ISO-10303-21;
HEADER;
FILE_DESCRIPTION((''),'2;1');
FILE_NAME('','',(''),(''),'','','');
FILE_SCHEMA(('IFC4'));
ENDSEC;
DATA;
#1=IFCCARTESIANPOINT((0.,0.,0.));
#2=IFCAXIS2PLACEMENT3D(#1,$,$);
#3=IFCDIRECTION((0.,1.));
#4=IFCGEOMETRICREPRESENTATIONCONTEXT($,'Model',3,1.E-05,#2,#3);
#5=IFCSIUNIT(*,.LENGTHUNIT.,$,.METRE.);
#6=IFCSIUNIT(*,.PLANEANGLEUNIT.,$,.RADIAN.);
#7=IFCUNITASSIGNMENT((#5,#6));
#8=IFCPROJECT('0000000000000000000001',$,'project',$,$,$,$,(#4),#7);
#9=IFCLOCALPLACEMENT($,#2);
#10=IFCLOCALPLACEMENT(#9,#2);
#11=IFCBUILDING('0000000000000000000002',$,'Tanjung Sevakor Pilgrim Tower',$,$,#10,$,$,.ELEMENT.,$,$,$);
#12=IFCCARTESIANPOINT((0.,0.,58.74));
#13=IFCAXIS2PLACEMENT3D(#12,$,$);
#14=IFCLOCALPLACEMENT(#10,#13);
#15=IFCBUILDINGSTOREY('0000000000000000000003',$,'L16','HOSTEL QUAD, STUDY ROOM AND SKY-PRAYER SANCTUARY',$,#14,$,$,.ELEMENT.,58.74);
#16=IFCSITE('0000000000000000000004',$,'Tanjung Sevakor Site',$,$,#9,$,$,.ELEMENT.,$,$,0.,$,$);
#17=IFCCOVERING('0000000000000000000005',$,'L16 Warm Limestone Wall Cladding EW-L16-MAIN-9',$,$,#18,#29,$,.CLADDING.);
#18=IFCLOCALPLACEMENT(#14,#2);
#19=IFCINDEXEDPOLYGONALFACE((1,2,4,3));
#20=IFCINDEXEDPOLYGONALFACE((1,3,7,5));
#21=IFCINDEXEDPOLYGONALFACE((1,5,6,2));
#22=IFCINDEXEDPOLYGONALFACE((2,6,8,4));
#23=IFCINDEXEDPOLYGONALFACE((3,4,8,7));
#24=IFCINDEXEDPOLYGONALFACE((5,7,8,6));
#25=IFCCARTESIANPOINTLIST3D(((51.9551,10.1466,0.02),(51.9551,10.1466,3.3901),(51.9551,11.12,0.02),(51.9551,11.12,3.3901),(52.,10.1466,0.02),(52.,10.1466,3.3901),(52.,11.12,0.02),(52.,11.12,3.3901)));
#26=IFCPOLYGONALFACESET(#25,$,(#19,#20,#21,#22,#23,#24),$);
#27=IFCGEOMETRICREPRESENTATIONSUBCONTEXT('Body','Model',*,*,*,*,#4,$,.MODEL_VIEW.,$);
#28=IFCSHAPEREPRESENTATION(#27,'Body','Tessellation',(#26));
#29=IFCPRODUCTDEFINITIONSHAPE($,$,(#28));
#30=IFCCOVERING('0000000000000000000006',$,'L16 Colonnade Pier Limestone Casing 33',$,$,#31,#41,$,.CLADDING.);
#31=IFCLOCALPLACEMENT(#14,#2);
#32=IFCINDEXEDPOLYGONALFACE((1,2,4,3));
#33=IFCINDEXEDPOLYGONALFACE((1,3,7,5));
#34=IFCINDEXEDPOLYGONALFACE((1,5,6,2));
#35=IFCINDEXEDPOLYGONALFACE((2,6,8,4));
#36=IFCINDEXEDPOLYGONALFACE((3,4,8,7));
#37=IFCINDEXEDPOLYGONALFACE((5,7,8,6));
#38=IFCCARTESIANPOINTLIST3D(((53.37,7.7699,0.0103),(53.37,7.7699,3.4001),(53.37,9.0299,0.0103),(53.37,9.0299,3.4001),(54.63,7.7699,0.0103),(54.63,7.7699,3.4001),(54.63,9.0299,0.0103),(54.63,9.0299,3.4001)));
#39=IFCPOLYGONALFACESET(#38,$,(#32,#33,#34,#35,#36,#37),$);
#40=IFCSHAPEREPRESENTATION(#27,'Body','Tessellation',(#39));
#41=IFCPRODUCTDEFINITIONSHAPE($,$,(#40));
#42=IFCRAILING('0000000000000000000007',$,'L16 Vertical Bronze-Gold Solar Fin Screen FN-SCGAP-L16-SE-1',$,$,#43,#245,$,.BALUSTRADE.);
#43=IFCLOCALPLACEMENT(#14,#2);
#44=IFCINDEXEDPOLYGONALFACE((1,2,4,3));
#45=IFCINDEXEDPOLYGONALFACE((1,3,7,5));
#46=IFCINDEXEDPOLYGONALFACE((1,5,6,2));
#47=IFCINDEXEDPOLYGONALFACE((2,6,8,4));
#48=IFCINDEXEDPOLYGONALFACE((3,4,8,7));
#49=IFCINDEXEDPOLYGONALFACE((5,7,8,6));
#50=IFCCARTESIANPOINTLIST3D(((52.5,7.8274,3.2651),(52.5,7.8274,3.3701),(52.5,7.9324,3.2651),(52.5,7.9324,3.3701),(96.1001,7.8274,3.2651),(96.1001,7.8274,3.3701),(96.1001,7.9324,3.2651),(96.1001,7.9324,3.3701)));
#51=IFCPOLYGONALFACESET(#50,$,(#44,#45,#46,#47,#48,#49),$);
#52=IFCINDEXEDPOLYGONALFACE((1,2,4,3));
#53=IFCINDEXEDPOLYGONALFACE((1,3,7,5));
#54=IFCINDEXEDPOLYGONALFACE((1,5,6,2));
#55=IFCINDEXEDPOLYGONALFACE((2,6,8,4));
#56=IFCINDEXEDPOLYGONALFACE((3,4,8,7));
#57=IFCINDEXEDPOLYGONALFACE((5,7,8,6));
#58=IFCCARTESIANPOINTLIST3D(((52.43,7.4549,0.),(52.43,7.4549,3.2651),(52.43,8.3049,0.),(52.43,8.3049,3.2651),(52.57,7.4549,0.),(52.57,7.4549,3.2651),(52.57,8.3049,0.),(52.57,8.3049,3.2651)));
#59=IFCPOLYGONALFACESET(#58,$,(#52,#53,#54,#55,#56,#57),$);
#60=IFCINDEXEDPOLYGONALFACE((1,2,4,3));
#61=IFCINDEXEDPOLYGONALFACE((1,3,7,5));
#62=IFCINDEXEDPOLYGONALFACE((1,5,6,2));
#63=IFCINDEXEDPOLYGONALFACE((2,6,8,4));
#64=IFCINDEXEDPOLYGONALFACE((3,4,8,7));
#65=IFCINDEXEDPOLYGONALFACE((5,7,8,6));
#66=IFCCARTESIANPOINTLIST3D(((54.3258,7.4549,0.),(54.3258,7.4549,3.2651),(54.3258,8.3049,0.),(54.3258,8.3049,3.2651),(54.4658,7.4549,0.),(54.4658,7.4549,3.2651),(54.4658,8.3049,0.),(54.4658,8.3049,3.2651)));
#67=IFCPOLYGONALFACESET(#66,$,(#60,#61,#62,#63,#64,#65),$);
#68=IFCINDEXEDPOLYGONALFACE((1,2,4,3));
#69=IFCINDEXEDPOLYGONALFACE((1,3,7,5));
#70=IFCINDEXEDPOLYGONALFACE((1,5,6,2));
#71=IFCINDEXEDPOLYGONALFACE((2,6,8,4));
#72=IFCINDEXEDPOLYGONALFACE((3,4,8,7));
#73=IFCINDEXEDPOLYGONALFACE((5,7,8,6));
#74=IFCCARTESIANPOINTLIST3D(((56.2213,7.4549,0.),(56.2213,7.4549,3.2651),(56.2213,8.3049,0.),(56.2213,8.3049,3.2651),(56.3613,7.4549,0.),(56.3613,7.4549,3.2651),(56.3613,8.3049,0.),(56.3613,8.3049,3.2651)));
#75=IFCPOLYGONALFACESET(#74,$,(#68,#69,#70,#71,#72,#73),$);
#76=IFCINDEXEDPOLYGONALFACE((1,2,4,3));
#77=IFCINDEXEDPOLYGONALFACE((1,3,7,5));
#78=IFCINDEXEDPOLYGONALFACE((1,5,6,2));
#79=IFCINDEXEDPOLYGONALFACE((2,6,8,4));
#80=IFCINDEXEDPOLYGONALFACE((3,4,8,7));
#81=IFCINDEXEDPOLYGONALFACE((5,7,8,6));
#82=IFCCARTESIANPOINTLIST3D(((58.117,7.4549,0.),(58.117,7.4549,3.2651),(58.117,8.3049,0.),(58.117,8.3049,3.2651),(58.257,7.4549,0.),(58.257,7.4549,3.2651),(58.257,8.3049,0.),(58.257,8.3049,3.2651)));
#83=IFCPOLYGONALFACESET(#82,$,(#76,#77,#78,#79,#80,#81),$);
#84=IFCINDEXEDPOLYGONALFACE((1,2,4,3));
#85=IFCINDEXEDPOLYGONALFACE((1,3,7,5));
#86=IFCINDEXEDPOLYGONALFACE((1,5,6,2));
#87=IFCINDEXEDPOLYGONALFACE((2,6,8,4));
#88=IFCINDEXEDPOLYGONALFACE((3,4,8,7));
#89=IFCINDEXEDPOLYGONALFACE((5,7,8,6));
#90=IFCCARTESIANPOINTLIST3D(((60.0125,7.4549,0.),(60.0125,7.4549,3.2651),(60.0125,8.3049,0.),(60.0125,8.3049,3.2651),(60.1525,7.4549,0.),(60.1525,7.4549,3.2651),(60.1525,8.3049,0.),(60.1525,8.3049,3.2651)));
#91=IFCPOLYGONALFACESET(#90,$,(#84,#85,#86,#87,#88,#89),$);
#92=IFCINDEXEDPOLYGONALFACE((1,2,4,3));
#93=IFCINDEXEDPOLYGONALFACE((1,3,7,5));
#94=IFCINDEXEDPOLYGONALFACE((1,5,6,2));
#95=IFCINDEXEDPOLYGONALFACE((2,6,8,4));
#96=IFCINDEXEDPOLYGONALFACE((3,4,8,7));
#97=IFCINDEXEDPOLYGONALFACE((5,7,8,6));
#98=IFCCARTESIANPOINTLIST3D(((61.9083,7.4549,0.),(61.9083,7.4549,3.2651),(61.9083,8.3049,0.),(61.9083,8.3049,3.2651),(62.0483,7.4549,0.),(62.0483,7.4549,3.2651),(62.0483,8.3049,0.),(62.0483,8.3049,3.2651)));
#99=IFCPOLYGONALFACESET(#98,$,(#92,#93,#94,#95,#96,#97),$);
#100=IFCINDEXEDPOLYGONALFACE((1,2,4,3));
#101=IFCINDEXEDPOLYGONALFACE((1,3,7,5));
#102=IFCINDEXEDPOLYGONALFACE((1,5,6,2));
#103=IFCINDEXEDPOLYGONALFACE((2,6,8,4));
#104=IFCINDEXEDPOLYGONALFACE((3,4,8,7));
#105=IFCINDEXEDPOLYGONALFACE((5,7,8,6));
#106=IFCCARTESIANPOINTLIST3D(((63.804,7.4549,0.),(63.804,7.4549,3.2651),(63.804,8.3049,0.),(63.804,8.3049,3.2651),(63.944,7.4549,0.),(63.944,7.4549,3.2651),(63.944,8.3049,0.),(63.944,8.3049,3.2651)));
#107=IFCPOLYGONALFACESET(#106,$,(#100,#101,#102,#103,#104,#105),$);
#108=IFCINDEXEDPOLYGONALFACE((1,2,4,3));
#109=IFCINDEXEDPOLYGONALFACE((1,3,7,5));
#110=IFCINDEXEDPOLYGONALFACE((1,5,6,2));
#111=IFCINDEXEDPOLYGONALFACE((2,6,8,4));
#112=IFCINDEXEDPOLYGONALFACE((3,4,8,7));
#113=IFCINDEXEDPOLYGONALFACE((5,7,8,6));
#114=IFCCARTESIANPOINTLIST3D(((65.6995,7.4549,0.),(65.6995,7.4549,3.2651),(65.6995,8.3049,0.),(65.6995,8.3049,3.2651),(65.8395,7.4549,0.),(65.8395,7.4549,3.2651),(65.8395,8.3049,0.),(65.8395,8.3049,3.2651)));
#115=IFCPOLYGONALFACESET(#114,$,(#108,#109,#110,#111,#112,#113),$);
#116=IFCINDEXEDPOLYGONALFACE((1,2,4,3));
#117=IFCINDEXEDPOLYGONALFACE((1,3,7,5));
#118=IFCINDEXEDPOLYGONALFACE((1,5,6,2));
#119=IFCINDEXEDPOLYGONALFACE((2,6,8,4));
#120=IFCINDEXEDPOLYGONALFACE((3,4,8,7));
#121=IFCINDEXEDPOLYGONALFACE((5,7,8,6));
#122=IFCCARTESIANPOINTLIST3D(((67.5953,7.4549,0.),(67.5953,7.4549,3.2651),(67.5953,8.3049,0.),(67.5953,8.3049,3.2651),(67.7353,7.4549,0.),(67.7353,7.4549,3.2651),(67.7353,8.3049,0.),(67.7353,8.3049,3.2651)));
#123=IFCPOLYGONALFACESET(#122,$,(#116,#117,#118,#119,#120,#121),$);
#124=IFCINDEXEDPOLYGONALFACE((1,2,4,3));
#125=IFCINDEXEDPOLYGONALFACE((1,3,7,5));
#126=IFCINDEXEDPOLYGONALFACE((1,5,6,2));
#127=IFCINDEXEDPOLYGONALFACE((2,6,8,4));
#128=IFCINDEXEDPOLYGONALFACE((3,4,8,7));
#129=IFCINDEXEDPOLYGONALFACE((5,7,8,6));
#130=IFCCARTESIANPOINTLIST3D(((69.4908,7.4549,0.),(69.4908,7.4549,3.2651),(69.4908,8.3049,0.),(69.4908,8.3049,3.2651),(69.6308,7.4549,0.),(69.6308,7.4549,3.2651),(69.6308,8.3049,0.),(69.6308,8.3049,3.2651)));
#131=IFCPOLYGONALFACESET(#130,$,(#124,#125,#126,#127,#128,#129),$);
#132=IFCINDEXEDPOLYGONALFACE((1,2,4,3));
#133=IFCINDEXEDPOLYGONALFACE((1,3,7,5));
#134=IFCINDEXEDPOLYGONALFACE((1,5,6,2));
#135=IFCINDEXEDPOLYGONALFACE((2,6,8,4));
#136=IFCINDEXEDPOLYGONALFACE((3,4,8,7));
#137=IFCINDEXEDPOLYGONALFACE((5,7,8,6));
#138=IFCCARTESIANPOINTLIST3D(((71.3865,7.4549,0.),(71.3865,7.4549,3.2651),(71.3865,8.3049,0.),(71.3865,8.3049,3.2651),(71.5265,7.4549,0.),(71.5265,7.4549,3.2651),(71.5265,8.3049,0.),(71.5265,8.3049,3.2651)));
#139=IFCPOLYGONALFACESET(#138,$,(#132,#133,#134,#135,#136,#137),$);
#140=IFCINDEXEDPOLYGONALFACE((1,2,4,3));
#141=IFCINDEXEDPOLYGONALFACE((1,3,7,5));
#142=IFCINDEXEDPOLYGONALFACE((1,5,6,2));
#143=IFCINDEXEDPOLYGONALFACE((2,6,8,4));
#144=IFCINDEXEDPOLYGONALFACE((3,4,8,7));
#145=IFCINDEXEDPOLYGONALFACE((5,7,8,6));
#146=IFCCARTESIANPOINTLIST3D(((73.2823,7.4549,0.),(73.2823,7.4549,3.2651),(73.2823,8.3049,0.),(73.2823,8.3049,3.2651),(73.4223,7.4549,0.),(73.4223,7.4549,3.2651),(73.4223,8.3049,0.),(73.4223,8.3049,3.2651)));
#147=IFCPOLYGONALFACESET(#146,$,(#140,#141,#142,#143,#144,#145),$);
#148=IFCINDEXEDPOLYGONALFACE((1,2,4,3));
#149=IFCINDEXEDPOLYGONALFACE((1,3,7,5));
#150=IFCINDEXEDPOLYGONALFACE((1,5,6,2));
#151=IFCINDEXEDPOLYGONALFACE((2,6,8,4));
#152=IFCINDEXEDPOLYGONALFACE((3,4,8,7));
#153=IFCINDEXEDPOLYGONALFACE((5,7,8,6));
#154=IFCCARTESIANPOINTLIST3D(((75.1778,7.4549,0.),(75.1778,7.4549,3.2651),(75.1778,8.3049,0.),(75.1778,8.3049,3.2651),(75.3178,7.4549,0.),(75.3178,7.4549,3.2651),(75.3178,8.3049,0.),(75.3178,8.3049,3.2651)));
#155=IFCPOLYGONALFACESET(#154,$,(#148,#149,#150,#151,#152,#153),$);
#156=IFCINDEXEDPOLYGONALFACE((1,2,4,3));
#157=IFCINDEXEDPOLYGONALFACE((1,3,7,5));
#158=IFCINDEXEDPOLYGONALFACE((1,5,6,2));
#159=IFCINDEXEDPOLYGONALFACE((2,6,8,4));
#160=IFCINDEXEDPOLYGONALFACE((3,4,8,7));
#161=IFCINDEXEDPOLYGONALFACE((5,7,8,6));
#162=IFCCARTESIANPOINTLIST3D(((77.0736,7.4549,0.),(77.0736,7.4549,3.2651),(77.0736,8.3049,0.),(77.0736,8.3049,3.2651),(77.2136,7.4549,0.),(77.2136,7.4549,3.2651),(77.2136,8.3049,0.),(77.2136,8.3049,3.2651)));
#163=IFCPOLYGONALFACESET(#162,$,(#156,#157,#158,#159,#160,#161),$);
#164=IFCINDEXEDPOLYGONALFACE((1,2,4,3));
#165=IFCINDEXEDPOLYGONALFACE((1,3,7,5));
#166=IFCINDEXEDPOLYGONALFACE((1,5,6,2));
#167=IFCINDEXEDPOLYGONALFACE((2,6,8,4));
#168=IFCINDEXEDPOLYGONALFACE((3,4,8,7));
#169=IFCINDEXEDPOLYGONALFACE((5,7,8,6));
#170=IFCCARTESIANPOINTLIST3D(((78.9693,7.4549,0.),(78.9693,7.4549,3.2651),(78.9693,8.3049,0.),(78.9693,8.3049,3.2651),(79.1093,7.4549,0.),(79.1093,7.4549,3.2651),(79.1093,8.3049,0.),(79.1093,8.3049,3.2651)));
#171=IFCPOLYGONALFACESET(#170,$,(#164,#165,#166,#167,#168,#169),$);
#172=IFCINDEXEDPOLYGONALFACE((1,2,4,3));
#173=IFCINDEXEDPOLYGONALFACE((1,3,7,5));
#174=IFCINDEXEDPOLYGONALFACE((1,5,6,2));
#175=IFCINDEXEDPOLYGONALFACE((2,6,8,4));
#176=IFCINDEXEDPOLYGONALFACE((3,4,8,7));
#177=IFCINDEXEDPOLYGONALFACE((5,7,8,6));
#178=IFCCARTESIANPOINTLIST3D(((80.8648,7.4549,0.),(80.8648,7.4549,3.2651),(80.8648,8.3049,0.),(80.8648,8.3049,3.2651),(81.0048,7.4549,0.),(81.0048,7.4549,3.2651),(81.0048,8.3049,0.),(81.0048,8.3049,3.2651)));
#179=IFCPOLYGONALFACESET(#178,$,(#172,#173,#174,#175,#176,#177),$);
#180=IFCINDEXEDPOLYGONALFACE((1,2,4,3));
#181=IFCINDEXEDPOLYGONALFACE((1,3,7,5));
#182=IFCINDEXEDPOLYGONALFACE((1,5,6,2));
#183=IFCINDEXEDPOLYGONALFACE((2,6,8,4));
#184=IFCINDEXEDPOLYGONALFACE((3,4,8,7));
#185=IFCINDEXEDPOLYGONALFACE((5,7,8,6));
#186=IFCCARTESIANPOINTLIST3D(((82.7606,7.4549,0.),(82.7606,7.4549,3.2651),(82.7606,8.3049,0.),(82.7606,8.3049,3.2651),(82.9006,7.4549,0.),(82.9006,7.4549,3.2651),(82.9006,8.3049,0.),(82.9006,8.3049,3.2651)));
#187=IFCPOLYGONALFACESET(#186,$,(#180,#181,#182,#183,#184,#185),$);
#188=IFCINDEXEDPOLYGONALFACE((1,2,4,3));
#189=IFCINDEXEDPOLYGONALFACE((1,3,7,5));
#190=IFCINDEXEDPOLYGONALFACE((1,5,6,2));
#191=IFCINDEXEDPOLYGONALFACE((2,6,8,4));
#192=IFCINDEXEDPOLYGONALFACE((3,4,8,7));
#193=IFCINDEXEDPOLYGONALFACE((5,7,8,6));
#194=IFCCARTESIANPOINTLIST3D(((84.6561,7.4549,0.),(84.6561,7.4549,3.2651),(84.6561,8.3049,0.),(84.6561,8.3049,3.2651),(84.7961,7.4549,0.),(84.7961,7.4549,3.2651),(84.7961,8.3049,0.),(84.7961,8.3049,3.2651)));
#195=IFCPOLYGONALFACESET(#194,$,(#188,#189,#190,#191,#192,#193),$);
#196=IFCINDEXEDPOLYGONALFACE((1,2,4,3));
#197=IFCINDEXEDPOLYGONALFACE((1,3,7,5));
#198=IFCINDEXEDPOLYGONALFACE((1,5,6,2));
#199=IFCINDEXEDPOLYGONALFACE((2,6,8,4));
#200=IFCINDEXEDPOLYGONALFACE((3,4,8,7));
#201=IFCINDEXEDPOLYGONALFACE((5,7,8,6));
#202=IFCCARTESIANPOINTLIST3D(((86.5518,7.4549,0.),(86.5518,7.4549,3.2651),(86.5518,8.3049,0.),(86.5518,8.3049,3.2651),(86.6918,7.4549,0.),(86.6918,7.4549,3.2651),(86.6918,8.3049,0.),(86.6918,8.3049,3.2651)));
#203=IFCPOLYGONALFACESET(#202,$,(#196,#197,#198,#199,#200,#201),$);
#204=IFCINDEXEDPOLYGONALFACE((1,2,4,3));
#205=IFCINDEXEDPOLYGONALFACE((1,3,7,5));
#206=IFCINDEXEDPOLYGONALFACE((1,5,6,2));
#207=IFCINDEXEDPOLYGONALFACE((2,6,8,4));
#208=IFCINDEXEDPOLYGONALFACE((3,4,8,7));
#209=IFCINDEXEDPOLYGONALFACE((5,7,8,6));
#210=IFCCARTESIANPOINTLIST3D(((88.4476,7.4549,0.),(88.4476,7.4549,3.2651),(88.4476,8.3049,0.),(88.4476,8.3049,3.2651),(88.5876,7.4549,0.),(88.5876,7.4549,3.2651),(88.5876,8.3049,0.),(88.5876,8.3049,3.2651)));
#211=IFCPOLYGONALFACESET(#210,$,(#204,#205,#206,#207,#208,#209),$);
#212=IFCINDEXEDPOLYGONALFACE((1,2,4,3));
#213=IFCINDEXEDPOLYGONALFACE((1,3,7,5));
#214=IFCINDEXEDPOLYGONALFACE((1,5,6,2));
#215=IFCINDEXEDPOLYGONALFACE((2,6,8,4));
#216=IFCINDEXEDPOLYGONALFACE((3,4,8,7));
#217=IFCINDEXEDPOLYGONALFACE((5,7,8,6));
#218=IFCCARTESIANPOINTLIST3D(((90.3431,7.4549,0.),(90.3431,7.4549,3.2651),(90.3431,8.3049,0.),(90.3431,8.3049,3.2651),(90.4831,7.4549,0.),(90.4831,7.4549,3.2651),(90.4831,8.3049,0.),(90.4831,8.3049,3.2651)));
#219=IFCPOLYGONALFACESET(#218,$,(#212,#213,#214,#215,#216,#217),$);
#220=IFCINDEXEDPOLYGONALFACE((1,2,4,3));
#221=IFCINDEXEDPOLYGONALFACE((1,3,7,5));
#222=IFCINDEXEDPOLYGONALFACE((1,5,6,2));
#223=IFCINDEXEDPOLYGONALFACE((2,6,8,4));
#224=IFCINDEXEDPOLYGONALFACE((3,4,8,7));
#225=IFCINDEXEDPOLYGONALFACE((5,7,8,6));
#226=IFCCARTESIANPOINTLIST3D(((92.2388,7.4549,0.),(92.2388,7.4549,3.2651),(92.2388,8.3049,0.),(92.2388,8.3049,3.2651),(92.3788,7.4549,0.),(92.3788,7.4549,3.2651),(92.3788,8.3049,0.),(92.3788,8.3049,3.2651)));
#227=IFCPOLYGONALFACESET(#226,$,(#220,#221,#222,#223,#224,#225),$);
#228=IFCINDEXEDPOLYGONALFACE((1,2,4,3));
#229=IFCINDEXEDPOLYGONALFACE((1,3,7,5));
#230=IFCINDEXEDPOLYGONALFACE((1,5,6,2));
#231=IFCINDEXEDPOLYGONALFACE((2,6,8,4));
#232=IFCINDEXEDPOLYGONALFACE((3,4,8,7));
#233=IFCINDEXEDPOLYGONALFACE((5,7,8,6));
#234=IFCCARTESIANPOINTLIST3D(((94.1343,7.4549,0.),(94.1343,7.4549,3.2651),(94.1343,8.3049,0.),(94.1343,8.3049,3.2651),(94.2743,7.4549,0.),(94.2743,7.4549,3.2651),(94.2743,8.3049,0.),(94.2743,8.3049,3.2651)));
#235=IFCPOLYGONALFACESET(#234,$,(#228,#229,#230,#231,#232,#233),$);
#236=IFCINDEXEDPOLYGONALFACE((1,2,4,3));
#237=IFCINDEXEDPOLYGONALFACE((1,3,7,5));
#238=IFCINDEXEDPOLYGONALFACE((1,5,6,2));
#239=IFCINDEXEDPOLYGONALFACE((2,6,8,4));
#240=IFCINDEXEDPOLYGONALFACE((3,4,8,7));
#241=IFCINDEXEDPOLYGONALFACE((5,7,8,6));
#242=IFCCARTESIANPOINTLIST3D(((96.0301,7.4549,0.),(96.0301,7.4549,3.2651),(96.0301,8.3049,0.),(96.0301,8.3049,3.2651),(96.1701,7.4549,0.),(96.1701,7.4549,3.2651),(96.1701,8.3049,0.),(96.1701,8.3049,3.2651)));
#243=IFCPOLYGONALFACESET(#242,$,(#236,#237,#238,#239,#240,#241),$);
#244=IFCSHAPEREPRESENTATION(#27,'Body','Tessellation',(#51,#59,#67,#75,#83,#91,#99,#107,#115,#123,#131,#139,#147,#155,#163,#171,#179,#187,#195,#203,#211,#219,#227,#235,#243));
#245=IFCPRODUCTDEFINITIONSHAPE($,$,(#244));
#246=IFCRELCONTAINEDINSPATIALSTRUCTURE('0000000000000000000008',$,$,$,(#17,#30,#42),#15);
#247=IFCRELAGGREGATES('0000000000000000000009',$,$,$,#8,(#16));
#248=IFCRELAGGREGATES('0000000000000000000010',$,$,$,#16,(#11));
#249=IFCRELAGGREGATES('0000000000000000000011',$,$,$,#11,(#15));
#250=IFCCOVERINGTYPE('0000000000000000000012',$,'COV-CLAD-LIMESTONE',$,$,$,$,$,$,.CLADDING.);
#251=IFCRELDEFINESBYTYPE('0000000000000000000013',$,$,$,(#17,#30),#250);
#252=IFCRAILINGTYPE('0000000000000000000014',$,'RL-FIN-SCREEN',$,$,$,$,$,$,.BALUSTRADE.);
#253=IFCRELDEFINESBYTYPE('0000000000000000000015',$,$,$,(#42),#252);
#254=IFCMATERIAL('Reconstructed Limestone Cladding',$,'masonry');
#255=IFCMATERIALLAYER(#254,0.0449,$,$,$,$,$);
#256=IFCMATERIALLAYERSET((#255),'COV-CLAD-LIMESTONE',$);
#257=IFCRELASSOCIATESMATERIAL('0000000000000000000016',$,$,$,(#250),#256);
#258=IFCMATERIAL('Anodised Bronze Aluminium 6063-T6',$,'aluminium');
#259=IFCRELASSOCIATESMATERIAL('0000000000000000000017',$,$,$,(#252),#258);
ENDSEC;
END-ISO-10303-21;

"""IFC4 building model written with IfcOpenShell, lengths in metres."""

from ifc_helpers import new_model, si_unit, direction, frame, origin, origin_2d, place, context, subcontext, project, spatial, rectangle, extrude, material, layer, layer_set, type_object, element, save


model = new_model("IFC4")

# Units and contexts
model_context = context("Model", 3, precision=1e-05, world=origin(), true_north=direction((0.0, 1.0)))
body_context = subcontext(model_context, "Body", "Model", "MODEL_VIEW")
ifc_project = project(units=[si_unit("LENGTHUNIT", "METRE"), si_unit("PLANEANGLEUNIT", "RADIAN")], contexts=[model_context])

# Site, building, storey
site_placement = place(None, origin())
site = spatial("IfcSite", under=ifc_project, at=site_placement, Name="Tanjung Sevakor Site", CompositionType="ELEMENT", RefElevation=0.0)
building_placement = place(site_placement, origin())
building = spatial("IfcBuilding", under=site, at=building_placement, Name="Tanjung Sevakor Pilgrim Tower", CompositionType="ELEMENT")
storey_placement = place(building_placement, frame((0.0, 0.0, 58.74)))
storey = spatial("IfcBuildingStorey", under=building, at=storey_placement, Name="L16", Description="HOSTEL QUAD, STUDY ROOM AND SKY-PRAYER SANCTUARY", CompositionType="ELEMENT", Elevation=58.74)

# Coverings
ifc_material_1 = material(Name="Reconstructed Limestone Cladding", Category="masonry")
ifc_layer_1 = layer(ifc_material_1, 0.0449)
ifc_layer_set_1 = layer_set([ifc_layer_1], Name="COV-CLAD-LIMESTONE")
covering_type = type_object("IfcCoveringType", Name="COV-CLAD-LIMESTONE", PredefinedType="CLADDING", material=ifc_layer_set_1)
covering_1_placement = place(storey_placement, frame((51.9775, 10.6333, 0.02), z_axis=(0.0, 0.0, 1.0), x_axis=(0.0, -1.0, 0.0)))
element("IfcCovering", 1, at=covering_1_placement, inside=storey, type_object=covering_type, Name="L16 Warm Limestone Wall Cladding EW-L16-MAIN-9", PredefinedType="CLADDING", context=body_context, shape_type="SweptSolid", body=[
    extrude(rectangle(XDim=0.9734, YDim=0.0449, at=origin_2d()), origin(), (0.0, 0.0, 1.0), 3.3701),
])
covering_2_placement = place(storey_placement, frame((54.0, 8.3999, 0.0103), z_axis=(0.0, 0.0, 1.0), x_axis=(1.0, 0.0, 0.0)))
element("IfcCovering", 2, at=covering_2_placement, inside=storey, type_object=covering_type, Name="L16 Colonnade Pier Limestone Casing 33", PredefinedType="CLADDING", context=body_context, shape_type="SweptSolid", body=[
    extrude(rectangle(XDim=1.26, YDim=1.26, at=origin_2d()), origin(), (0.0, 0.0, 1.0), 3.3899),
])

# Railing
ifc_material_2 = material(Name="Anodised Bronze Aluminium 6063-T6", Category="aluminium")
railing_type_1 = type_object("IfcRailingType", Name="RL-FIN-SCREEN", PredefinedType="BALUSTRADE", material=ifc_material_2)
railing_1_placement = place(storey_placement, frame((52.5, 7.8799, 0.0)))
element("IfcRailing", 3, at=railing_1_placement, inside=storey, type_object=railing_type_1, Name="L16 Vertical Bronze-Gold Solar Fin Screen FN-SCGAP-L16-SE-1", PredefinedType="BALUSTRADE", context=body_context, shape_type="SweptSolid", body=[
    extrude(rectangle(XDim=0.105, YDim=0.105), frame((0.0, 0.0, 3.3176), z_axis=(1.0, 0.0, 0.0), x_axis=(0.0, 1.0, 0.0)), (0.0, 0.0, 1.0), 43.6001),
    extrude(rectangle(XDim=0.14, YDim=0.85), origin(), (0.0, 0.0, 1.0), 3.2651),
    extrude(rectangle(XDim=0.14, YDim=0.85), frame((1.8958, 0.0, 0.0)), (0.0, 0.0, 1.0), 3.2651),
    extrude(rectangle(XDim=0.14, YDim=0.85), frame((3.7913, 0.0, 0.0)), (0.0, 0.0, 1.0), 3.2651),
    extrude(rectangle(XDim=0.14, YDim=0.85), frame((5.687, 0.0, 0.0)), (0.0, 0.0, 1.0), 3.2651),
    extrude(rectangle(XDim=0.14, YDim=0.85), frame((7.5825, 0.0, 0.0)), (0.0, 0.0, 1.0), 3.2651),
    extrude(rectangle(XDim=0.14, YDim=0.85), frame((9.4783, 0.0, 0.0)), (0.0, 0.0, 1.0), 3.2651),
    extrude(rectangle(XDim=0.14, YDim=0.85), frame((11.374, 0.0, 0.0)), (0.0, 0.0, 1.0), 3.2651),
    extrude(rectangle(XDim=0.14, YDim=0.85), frame((13.2695, 0.0, 0.0)), (0.0, 0.0, 1.0), 3.2651),
    extrude(rectangle(XDim=0.14, YDim=0.85), frame((15.1653, 0.0, 0.0)), (0.0, 0.0, 1.0), 3.2651),
    extrude(rectangle(XDim=0.14, YDim=0.85), frame((17.0608, 0.0, 0.0)), (0.0, 0.0, 1.0), 3.2651),
    extrude(rectangle(XDim=0.14, YDim=0.85), frame((18.9565, 0.0, 0.0)), (0.0, 0.0, 1.0), 3.2651),
    extrude(rectangle(XDim=0.14, YDim=0.85), frame((20.8523, 0.0, 0.0)), (0.0, 0.0, 1.0), 3.2651),
    extrude(rectangle(XDim=0.14, YDim=0.85), frame((22.7478, 0.0, 0.0)), (0.0, 0.0, 1.0), 3.2651),
    extrude(rectangle(XDim=0.14, YDim=0.85), frame((24.6436, 0.0, 0.0)), (0.0, 0.0, 1.0), 3.2651),
    extrude(rectangle(XDim=0.14, YDim=0.85), frame((26.5393, 0.0, 0.0)), (0.0, 0.0, 1.0), 3.2651),
    extrude(rectangle(XDim=0.14, YDim=0.85), frame((28.4348, 0.0, 0.0)), (0.0, 0.0, 1.0), 3.2651),
    extrude(rectangle(XDim=0.14, YDim=0.85), frame((30.3306, 0.0, 0.0)), (0.0, 0.0, 1.0), 3.2651),
    extrude(rectangle(XDim=0.14, YDim=0.85), frame((32.2261, 0.0, 0.0)), (0.0, 0.0, 1.0), 3.2651),
    extrude(rectangle(XDim=0.14, YDim=0.85), frame((34.1218, 0.0, 0.0)), (0.0, 0.0, 1.0), 3.2651),
    extrude(rectangle(XDim=0.14, YDim=0.85), frame((36.0176, 0.0, 0.0)), (0.0, 0.0, 1.0), 3.2651),
    extrude(rectangle(XDim=0.14, YDim=0.85), frame((37.9131, 0.0, 0.0)), (0.0, 0.0, 1.0), 3.2651),
    extrude(rectangle(XDim=0.14, YDim=0.85), frame((39.8088, 0.0, 0.0)), (0.0, 0.0, 1.0), 3.2651),
    extrude(rectangle(XDim=0.14, YDim=0.85), frame((41.7043, 0.0, 0.0)), (0.0, 0.0, 1.0), 3.2651),
    extrude(rectangle(XDim=0.14, YDim=0.85), frame((43.6001, 0.0, 0.0)), (0.0, 0.0, 1.0), 3.2651),
])

save(model, "model.ifc")
